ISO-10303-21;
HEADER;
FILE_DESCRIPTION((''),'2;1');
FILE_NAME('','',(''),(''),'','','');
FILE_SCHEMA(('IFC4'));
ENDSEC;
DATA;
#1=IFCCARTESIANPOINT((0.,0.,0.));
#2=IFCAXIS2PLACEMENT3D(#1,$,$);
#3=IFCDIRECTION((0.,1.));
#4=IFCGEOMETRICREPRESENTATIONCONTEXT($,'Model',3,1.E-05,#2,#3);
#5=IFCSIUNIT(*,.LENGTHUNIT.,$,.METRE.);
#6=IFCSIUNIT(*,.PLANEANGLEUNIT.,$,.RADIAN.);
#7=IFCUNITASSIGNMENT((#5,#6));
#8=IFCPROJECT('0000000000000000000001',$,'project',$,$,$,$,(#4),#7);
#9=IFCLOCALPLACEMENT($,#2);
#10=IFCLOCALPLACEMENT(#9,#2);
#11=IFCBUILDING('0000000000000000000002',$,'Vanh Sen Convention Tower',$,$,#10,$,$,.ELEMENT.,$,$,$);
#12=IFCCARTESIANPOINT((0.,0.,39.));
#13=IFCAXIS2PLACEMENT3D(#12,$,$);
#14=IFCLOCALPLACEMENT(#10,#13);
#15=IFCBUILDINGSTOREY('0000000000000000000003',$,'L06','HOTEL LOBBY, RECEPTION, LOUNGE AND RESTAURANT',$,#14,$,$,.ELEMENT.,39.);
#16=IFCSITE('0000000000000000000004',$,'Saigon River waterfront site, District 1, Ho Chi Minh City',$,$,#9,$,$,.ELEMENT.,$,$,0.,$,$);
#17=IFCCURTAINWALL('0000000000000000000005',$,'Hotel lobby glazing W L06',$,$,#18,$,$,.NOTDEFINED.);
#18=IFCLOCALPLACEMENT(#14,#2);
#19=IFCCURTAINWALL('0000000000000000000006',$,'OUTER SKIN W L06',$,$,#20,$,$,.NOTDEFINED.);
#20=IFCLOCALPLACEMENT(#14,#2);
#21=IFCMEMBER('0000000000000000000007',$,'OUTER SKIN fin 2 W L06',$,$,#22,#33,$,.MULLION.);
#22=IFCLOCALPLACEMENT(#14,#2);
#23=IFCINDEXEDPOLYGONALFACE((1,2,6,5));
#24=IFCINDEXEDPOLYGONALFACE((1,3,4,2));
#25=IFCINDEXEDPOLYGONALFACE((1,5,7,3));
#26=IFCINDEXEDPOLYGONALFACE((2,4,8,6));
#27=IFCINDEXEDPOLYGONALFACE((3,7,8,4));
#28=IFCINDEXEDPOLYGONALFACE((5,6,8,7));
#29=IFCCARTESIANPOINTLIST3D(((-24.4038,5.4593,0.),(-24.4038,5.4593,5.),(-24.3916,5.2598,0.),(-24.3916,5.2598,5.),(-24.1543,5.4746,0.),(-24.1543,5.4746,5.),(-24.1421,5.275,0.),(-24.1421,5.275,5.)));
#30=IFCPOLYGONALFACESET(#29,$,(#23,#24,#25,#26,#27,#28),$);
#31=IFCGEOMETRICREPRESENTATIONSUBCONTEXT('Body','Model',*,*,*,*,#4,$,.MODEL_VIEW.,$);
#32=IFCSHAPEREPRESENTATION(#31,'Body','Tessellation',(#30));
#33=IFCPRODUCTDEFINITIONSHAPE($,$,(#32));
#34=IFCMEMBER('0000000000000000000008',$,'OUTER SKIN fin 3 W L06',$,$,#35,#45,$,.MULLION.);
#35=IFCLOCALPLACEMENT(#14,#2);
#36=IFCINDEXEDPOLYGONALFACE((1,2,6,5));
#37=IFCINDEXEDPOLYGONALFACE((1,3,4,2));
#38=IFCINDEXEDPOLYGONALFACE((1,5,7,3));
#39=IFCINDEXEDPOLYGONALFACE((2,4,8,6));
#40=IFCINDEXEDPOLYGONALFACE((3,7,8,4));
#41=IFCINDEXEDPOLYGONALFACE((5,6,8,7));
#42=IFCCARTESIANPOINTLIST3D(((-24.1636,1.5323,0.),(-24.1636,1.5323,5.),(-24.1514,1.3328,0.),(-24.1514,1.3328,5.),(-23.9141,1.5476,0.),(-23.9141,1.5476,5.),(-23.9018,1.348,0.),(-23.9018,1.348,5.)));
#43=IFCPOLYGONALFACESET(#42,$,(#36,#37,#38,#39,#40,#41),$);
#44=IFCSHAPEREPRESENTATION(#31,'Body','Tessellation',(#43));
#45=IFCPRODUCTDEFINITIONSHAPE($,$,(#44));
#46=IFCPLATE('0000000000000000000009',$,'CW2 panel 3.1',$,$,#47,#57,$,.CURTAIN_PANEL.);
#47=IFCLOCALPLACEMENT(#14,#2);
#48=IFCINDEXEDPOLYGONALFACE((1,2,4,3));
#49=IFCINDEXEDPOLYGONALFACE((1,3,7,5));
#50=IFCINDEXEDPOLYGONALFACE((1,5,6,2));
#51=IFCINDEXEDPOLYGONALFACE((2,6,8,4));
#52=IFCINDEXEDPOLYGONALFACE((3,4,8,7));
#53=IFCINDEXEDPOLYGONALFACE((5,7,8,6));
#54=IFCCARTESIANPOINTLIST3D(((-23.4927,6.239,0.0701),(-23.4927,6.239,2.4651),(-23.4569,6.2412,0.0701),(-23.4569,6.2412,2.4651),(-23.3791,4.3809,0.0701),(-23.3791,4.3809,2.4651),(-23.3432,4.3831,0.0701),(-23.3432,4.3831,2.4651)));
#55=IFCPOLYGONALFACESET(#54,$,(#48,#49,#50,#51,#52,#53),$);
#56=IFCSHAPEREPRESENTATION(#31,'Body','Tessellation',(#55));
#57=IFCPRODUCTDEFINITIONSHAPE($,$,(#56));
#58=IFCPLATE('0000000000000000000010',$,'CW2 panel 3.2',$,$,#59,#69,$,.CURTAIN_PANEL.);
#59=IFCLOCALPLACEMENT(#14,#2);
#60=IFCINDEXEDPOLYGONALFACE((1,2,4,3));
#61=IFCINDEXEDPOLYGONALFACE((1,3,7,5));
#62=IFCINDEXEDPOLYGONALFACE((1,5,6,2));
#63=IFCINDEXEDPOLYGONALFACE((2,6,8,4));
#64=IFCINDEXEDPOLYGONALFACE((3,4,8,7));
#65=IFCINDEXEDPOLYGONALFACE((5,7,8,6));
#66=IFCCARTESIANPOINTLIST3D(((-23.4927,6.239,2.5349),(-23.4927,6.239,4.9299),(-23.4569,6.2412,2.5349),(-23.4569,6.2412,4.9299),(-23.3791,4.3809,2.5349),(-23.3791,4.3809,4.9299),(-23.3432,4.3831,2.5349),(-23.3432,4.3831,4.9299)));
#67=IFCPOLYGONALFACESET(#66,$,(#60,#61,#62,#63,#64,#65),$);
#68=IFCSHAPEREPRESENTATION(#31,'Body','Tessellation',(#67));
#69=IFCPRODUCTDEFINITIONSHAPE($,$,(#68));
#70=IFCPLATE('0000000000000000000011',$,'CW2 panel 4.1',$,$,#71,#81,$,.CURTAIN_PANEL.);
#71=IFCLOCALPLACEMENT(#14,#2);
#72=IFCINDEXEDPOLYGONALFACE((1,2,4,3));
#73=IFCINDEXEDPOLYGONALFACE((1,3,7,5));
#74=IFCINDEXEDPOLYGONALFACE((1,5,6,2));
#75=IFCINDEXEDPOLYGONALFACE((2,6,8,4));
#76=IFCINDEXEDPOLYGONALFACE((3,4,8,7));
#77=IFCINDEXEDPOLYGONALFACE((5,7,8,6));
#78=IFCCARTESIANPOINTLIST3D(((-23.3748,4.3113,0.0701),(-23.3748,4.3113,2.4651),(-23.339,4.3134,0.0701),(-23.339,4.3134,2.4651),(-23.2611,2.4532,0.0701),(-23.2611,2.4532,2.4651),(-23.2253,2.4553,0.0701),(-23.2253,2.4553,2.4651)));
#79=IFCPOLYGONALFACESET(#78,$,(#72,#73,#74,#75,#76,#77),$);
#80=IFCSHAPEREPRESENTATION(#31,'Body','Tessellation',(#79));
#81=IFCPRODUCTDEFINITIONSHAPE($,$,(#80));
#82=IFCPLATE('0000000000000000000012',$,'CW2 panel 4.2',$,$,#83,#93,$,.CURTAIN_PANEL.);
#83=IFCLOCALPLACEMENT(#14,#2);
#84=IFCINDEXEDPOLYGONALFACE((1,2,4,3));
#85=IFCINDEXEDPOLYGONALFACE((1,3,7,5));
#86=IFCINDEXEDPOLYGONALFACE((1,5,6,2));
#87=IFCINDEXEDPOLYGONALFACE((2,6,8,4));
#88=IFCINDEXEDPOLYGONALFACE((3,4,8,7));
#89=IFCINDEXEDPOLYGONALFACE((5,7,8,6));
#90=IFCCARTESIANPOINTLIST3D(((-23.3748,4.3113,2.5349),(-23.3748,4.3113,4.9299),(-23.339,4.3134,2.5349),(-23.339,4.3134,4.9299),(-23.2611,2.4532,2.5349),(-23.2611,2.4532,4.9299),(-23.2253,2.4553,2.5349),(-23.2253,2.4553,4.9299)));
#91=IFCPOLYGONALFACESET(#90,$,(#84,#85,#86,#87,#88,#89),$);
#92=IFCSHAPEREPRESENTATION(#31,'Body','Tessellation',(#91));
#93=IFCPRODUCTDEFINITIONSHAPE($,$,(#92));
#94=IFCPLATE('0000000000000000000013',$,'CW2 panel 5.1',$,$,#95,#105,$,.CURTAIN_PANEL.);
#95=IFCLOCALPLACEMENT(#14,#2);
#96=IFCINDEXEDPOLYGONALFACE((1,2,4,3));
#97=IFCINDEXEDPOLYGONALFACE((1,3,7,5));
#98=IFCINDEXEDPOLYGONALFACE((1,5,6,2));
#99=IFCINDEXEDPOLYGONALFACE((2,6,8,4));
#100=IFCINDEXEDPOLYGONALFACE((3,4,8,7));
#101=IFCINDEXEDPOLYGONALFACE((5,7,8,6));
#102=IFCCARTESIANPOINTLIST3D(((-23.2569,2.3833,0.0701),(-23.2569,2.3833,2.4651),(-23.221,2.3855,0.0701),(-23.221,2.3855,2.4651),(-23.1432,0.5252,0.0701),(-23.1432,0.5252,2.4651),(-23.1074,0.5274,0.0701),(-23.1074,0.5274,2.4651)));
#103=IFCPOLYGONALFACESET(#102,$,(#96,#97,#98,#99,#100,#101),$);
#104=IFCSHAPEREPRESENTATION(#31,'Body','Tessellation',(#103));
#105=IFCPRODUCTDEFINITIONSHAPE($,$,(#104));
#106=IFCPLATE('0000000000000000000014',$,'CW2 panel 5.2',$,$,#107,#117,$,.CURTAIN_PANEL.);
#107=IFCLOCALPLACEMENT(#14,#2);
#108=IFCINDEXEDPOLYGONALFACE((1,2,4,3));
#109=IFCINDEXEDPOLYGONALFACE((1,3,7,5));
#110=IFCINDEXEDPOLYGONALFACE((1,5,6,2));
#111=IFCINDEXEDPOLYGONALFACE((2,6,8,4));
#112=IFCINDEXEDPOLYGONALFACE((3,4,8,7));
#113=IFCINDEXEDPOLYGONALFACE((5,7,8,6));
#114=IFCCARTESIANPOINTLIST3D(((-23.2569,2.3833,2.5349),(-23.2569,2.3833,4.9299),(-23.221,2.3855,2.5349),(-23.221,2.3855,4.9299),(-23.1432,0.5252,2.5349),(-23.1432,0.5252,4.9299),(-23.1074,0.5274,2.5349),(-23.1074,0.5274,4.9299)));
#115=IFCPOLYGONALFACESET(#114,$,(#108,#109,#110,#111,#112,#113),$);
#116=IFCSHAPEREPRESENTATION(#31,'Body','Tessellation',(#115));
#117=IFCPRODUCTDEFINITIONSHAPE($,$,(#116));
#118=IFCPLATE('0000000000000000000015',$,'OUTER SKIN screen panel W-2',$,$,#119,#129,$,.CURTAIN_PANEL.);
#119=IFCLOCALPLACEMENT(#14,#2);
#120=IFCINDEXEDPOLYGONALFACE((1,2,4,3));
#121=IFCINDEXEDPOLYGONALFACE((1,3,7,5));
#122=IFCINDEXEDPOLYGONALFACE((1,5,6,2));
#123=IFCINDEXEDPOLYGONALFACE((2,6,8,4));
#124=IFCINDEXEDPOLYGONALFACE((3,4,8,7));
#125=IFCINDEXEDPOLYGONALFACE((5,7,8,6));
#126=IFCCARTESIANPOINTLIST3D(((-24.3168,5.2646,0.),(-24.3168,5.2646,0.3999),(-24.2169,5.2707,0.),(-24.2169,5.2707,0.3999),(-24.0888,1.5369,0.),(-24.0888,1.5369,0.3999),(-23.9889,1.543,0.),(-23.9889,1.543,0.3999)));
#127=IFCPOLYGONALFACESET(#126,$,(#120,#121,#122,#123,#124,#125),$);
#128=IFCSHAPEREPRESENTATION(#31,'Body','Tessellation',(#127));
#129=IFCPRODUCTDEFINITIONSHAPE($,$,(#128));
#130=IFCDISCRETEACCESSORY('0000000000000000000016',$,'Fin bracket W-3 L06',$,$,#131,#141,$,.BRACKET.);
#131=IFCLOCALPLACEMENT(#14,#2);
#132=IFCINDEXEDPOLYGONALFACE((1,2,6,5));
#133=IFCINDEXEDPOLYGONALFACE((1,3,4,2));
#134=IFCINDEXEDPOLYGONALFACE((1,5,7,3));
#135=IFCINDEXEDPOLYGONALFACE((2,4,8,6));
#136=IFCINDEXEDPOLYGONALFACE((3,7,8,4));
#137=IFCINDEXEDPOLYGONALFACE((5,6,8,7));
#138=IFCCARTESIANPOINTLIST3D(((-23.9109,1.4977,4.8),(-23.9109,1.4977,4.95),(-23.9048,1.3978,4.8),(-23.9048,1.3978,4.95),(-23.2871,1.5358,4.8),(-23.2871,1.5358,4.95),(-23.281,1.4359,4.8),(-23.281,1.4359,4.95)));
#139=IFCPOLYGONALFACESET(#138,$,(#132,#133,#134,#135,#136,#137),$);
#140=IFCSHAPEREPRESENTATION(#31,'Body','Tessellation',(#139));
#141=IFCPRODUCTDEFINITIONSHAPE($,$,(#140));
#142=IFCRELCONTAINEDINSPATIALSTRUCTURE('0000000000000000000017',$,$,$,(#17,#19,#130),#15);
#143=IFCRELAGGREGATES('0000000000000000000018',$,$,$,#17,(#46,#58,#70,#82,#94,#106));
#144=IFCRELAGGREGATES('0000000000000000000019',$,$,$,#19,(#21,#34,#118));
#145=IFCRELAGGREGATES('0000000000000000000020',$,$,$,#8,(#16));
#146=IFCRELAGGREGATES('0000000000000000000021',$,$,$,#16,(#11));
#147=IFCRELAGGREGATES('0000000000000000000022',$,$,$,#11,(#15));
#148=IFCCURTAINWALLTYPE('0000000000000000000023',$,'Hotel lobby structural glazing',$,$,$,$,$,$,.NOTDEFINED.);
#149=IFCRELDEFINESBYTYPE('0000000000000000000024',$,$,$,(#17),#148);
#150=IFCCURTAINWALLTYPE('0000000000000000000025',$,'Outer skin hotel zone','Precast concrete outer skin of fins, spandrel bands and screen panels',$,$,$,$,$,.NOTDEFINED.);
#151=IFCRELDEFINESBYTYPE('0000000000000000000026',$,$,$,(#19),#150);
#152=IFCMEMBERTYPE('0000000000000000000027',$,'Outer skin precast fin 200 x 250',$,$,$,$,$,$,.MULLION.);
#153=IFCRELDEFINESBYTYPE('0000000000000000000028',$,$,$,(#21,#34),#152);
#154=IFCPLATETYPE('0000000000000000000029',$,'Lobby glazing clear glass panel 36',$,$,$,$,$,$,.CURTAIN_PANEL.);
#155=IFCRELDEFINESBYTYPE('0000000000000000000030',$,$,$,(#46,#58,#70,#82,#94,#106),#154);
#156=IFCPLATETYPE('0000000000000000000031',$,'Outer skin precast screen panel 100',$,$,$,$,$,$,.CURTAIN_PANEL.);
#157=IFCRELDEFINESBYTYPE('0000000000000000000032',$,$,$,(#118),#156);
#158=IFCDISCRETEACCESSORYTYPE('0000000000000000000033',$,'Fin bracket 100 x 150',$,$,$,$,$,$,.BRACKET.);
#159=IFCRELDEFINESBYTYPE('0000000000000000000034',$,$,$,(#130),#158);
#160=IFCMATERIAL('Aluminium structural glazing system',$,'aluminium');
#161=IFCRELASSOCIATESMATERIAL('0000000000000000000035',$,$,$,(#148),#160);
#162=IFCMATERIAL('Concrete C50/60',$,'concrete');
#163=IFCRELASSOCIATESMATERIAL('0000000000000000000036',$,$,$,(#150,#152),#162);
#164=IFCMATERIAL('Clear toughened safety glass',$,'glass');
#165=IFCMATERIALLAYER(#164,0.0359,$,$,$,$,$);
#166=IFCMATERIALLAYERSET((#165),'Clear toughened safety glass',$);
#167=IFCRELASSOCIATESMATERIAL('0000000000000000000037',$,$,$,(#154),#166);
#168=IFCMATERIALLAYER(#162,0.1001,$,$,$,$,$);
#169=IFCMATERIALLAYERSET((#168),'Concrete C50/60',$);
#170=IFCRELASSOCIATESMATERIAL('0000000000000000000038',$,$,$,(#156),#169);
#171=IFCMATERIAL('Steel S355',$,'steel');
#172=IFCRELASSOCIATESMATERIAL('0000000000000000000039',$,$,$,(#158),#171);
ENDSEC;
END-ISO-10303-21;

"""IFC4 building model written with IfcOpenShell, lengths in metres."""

from ifc_helpers import new_model, si_unit, direction, frame, origin, origin_2d, place, context, subcontext, project, spatial, rectangle, extrude, material, layer, layer_set, material_profile, profile_set, type_object, element, aggregate, save


model = new_model("IFC4")

# Units and contexts
model_context = context("Model", 3, precision=1e-05, world=origin(), true_north=direction((0.0, 1.0)))
body_context = subcontext(model_context, "Body", "Model", "MODEL_VIEW")
ifc_project = project(units=[si_unit("LENGTHUNIT", "METRE"), si_unit("PLANEANGLEUNIT", "RADIAN")], contexts=[model_context])

# Site, building, storey
site_placement = place(None, origin())
site = spatial("IfcSite", under=ifc_project, at=site_placement, Name="Saigon River waterfront site, District 1, Ho Chi Minh City", CompositionType="ELEMENT", RefElevation=0.0)
building_placement = place(site_placement, origin())
building = spatial("IfcBuilding", under=site, at=building_placement, Name="Vanh Sen Convention Tower", CompositionType="ELEMENT")
storey_placement = place(building_placement, frame((0.0, 0.0, 39.0)))
storey = spatial("IfcBuildingStorey", under=building, at=storey_placement, Name="L06", Description="HOTEL LOBBY, RECEPTION, LOUNGE AND RESTAURANT", CompositionType="ELEMENT", Elevation=39.0)

# Curtain walls, members
ifc_material_1 = material(Name="Aluminium structural glazing system", Category="aluminium")
curtain_wall_type_1 = type_object("IfcCurtainWallType", Name="Hotel lobby structural glazing", PredefinedType="NOTDEFINED", material=ifc_material_1)
curtain_wall_1_placement = place(storey_placement, origin())
curtain_wall_1 = element("IfcCurtainWall", 1, at=curtain_wall_1_placement, inside=storey, type_object=curtain_wall_type_1, Name="Hotel lobby glazing W L06", PredefinedType="NOTDEFINED")
ifc_material_2 = material(Name="Concrete C50/60", Category="concrete")
curtain_wall_type_2 = type_object("IfcCurtainWallType", Name="Outer skin hotel zone", Description="Precast concrete outer skin of fins, spandrel bands and screen panels", PredefinedType="NOTDEFINED", material=ifc_material_2)
curtain_wall_2_placement = place(storey_placement, origin())
curtain_wall_2 = element("IfcCurtainWall", 2, at=curtain_wall_2_placement, inside=storey, type_object=curtain_wall_type_2, Name="OUTER SKIN W L06", PredefinedType="NOTDEFINED")
ifc_material_profile_1 = material_profile(ifc_material_2, rectangle(XDim=0.2, YDim=0.25, at=origin_2d()), Name="Outer skin precast fin 200 x 250")
ifc_profile_set_1 = profile_set([ifc_material_profile_1], Name="Concrete C50/60")
member_type_1 = type_object("IfcMemberType", Name="Outer skin precast fin 200 x 250", PredefinedType="MULLION", material=ifc_profile_set_1)
member_1_placement = place(storey_placement, frame((-24.2729, 5.3672, 0.0), z_axis=(0.0, 0.0, 1.0), x_axis=(0.061049, -0.998135, 0.0)))
member_1 = element("IfcMember", 3, at=member_1_placement, type_object=member_type_1, Name="OUTER SKIN fin 2 W L06", PredefinedType="MULLION", context=body_context, shape_type="SweptSolid", body=[
    extrude(rectangle(XDim=0.2, YDim=0.25, at=origin_2d()), origin(), (0.0, 0.0, 1.0), 5.0),
])
member_2_placement = place(storey_placement, frame((-24.0327, 1.4402, 0.0), z_axis=(0.0, 0.0, 1.0), x_axis=(0.061049, -0.998135, 0.0)))
member_2 = element("IfcMember", 4, at=member_2_placement, type_object=member_type_1, Name="OUTER SKIN fin 3 W L06", PredefinedType="MULLION", context=body_context, shape_type="SweptSolid", body=[
    extrude(rectangle(XDim=0.2, YDim=0.25, at=origin_2d()), origin(), (0.0, 0.0, 1.0), 5.0),
])

# Plates
ifc_material_3 = material(Name="Clear toughened safety glass", Category="glass")
ifc_layer_1 = layer(ifc_material_3, 0.0359)
ifc_layer_set_1 = layer_set([ifc_layer_1], Name="Clear toughened safety glass")
plate_type_1 = type_object("IfcPlateType", Name="Lobby glazing clear glass panel 36", PredefinedType="CURTAIN_PANEL", material=ifc_layer_set_1)
plate_1_placement = place(storey_placement, frame((-23.418, 5.311, 0.0701), z_axis=(0.0, 0.0, 1.0), x_axis=(0.061046, -0.998135, 0.0)))
plate_1 = element("IfcPlate", 5, at=plate_1_placement, type_object=plate_type_1, Name="CW2 panel 3.1", PredefinedType="CURTAIN_PANEL", context=body_context, shape_type="SweptSolid", body=[
    extrude(rectangle(XDim=1.8616, YDim=0.0359, at=origin_2d()), origin(), (0.0, 0.0, 1.0), 2.395),
])
plate_2_placement = place(storey_placement, frame((-23.418, 5.311, 2.5349), z_axis=(0.0, 0.0, 1.0), x_axis=(0.061046, -0.998135, 0.0)))
plate_2 = element("IfcPlate", 6, at=plate_2_placement, type_object=plate_type_1, Name="CW2 panel 3.2", PredefinedType="CURTAIN_PANEL", context=body_context, shape_type="SweptSolid", body=[
    extrude(rectangle(XDim=1.8616, YDim=0.0359, at=origin_2d()), origin(), (0.0, 0.0, 1.0), 2.395),
])
plate_3_placement = place(storey_placement, frame((-23.3, 3.3833, 0.0701), z_axis=(0.0, 0.0, 1.0), x_axis=(0.061046, -0.998135, 0.0)))
plate_3 = element("IfcPlate", 7, at=plate_3_placement, type_object=plate_type_1, Name="CW2 panel 4.1", PredefinedType="CURTAIN_PANEL", context=body_context, shape_type="SweptSolid", body=[
    extrude(rectangle(XDim=1.8616, YDim=0.0359, at=origin_2d()), origin(), (0.0, 0.0, 1.0), 2.395),
])
plate_4_placement = place(storey_placement, frame((-23.3, 3.3833, 2.5349), z_axis=(0.0, 0.0, 1.0), x_axis=(0.061046, -0.998135, 0.0)))
plate_4 = element("IfcPlate", 8, at=plate_4_placement, type_object=plate_type_1, Name="CW2 panel 4.2", PredefinedType="CURTAIN_PANEL", context=body_context, shape_type="SweptSolid", body=[
    extrude(rectangle(XDim=1.8616, YDim=0.0359, at=origin_2d()), origin(), (0.0, 0.0, 1.0), 2.395),
])
plate_5_placement = place(storey_placement, frame((-23.1821, 1.4553, 0.0701), z_axis=(0.0, 0.0, 1.0), x_axis=(0.061046, -0.998135, 0.0)))
plate_5 = element("IfcPlate", 9, at=plate_5_placement, type_object=plate_type_1, Name="CW2 panel 5.1", PredefinedType="CURTAIN_PANEL", context=body_context, shape_type="SweptSolid", body=[
    extrude(rectangle(XDim=1.8616, YDim=0.0359, at=origin_2d()), origin(), (0.0, 0.0, 1.0), 2.395),
])
plate_6_placement = place(storey_placement, frame((-23.1821, 1.4553, 2.5349), z_axis=(0.0, 0.0, 1.0), x_axis=(0.061046, -0.998135, 0.0)))
plate_6 = element("IfcPlate", 10, at=plate_6_placement, type_object=plate_type_1, Name="CW2 panel 5.2", PredefinedType="CURTAIN_PANEL", context=body_context, shape_type="SweptSolid", body=[
    extrude(rectangle(XDim=1.8616, YDim=0.0359, at=origin_2d()), origin(), (0.0, 0.0, 1.0), 2.395),
])
aggregate(curtain_wall_1, [plate_1, plate_2, plate_3, plate_4, plate_5, plate_6])
ifc_layer_2 = layer(ifc_material_2, 0.1001)
ifc_layer_set_2 = layer_set([ifc_layer_2], Name="Concrete C50/60")
plate_type_2 = type_object("IfcPlateType", Name="Outer skin precast screen panel 100", PredefinedType="CURTAIN_PANEL", material=ifc_layer_set_2)
plate_7_placement = place(storey_placement, frame((-24.1528, 3.4038, 0.0), z_axis=(0.0, 0.0, 1.0), x_axis=(0.061049, -0.998135, 0.0)))
plate_7 = element("IfcPlate", 11, at=plate_7_placement, type_object=plate_type_2, Name="OUTER SKIN screen panel W-2", PredefinedType="CURTAIN_PANEL", context=body_context, shape_type="SweptSolid", body=[
    extrude(rectangle(XDim=3.7346, YDim=0.1001, at=origin_2d()), origin(), (0.0, 0.0, 1.0), 0.3999),
])
aggregate(curtain_wall_2, [member_1, member_2, plate_7])

# Discrete accessory
ifc_material_4 = material(Name="Steel S355", Category="steel")
discrete_accessory_type = type_object("IfcDiscreteAccessoryType", Name="Fin bracket 100 x 150", PredefinedType="BRACKET", material=ifc_material_4)
discrete_accessory_placement = place(storey_placement, frame((-23.5959, 1.4668, 4.8), z_axis=(0.0, 0.0, 1.0), x_axis=(-0.998135, -0.061049, 0.0)))
element("IfcDiscreteAccessory", 12, at=discrete_accessory_placement, inside=storey, type_object=discrete_accessory_type, Name="Fin bracket W-3 L06", PredefinedType="BRACKET", context=body_context, shape_type="SweptSolid", body=[
    extrude(rectangle(XDim=0.625, YDim=0.1001, at=origin_2d()), origin(), (0.0, 0.0, 1.0), 0.1499),
])

save(model, "model.ifc")
